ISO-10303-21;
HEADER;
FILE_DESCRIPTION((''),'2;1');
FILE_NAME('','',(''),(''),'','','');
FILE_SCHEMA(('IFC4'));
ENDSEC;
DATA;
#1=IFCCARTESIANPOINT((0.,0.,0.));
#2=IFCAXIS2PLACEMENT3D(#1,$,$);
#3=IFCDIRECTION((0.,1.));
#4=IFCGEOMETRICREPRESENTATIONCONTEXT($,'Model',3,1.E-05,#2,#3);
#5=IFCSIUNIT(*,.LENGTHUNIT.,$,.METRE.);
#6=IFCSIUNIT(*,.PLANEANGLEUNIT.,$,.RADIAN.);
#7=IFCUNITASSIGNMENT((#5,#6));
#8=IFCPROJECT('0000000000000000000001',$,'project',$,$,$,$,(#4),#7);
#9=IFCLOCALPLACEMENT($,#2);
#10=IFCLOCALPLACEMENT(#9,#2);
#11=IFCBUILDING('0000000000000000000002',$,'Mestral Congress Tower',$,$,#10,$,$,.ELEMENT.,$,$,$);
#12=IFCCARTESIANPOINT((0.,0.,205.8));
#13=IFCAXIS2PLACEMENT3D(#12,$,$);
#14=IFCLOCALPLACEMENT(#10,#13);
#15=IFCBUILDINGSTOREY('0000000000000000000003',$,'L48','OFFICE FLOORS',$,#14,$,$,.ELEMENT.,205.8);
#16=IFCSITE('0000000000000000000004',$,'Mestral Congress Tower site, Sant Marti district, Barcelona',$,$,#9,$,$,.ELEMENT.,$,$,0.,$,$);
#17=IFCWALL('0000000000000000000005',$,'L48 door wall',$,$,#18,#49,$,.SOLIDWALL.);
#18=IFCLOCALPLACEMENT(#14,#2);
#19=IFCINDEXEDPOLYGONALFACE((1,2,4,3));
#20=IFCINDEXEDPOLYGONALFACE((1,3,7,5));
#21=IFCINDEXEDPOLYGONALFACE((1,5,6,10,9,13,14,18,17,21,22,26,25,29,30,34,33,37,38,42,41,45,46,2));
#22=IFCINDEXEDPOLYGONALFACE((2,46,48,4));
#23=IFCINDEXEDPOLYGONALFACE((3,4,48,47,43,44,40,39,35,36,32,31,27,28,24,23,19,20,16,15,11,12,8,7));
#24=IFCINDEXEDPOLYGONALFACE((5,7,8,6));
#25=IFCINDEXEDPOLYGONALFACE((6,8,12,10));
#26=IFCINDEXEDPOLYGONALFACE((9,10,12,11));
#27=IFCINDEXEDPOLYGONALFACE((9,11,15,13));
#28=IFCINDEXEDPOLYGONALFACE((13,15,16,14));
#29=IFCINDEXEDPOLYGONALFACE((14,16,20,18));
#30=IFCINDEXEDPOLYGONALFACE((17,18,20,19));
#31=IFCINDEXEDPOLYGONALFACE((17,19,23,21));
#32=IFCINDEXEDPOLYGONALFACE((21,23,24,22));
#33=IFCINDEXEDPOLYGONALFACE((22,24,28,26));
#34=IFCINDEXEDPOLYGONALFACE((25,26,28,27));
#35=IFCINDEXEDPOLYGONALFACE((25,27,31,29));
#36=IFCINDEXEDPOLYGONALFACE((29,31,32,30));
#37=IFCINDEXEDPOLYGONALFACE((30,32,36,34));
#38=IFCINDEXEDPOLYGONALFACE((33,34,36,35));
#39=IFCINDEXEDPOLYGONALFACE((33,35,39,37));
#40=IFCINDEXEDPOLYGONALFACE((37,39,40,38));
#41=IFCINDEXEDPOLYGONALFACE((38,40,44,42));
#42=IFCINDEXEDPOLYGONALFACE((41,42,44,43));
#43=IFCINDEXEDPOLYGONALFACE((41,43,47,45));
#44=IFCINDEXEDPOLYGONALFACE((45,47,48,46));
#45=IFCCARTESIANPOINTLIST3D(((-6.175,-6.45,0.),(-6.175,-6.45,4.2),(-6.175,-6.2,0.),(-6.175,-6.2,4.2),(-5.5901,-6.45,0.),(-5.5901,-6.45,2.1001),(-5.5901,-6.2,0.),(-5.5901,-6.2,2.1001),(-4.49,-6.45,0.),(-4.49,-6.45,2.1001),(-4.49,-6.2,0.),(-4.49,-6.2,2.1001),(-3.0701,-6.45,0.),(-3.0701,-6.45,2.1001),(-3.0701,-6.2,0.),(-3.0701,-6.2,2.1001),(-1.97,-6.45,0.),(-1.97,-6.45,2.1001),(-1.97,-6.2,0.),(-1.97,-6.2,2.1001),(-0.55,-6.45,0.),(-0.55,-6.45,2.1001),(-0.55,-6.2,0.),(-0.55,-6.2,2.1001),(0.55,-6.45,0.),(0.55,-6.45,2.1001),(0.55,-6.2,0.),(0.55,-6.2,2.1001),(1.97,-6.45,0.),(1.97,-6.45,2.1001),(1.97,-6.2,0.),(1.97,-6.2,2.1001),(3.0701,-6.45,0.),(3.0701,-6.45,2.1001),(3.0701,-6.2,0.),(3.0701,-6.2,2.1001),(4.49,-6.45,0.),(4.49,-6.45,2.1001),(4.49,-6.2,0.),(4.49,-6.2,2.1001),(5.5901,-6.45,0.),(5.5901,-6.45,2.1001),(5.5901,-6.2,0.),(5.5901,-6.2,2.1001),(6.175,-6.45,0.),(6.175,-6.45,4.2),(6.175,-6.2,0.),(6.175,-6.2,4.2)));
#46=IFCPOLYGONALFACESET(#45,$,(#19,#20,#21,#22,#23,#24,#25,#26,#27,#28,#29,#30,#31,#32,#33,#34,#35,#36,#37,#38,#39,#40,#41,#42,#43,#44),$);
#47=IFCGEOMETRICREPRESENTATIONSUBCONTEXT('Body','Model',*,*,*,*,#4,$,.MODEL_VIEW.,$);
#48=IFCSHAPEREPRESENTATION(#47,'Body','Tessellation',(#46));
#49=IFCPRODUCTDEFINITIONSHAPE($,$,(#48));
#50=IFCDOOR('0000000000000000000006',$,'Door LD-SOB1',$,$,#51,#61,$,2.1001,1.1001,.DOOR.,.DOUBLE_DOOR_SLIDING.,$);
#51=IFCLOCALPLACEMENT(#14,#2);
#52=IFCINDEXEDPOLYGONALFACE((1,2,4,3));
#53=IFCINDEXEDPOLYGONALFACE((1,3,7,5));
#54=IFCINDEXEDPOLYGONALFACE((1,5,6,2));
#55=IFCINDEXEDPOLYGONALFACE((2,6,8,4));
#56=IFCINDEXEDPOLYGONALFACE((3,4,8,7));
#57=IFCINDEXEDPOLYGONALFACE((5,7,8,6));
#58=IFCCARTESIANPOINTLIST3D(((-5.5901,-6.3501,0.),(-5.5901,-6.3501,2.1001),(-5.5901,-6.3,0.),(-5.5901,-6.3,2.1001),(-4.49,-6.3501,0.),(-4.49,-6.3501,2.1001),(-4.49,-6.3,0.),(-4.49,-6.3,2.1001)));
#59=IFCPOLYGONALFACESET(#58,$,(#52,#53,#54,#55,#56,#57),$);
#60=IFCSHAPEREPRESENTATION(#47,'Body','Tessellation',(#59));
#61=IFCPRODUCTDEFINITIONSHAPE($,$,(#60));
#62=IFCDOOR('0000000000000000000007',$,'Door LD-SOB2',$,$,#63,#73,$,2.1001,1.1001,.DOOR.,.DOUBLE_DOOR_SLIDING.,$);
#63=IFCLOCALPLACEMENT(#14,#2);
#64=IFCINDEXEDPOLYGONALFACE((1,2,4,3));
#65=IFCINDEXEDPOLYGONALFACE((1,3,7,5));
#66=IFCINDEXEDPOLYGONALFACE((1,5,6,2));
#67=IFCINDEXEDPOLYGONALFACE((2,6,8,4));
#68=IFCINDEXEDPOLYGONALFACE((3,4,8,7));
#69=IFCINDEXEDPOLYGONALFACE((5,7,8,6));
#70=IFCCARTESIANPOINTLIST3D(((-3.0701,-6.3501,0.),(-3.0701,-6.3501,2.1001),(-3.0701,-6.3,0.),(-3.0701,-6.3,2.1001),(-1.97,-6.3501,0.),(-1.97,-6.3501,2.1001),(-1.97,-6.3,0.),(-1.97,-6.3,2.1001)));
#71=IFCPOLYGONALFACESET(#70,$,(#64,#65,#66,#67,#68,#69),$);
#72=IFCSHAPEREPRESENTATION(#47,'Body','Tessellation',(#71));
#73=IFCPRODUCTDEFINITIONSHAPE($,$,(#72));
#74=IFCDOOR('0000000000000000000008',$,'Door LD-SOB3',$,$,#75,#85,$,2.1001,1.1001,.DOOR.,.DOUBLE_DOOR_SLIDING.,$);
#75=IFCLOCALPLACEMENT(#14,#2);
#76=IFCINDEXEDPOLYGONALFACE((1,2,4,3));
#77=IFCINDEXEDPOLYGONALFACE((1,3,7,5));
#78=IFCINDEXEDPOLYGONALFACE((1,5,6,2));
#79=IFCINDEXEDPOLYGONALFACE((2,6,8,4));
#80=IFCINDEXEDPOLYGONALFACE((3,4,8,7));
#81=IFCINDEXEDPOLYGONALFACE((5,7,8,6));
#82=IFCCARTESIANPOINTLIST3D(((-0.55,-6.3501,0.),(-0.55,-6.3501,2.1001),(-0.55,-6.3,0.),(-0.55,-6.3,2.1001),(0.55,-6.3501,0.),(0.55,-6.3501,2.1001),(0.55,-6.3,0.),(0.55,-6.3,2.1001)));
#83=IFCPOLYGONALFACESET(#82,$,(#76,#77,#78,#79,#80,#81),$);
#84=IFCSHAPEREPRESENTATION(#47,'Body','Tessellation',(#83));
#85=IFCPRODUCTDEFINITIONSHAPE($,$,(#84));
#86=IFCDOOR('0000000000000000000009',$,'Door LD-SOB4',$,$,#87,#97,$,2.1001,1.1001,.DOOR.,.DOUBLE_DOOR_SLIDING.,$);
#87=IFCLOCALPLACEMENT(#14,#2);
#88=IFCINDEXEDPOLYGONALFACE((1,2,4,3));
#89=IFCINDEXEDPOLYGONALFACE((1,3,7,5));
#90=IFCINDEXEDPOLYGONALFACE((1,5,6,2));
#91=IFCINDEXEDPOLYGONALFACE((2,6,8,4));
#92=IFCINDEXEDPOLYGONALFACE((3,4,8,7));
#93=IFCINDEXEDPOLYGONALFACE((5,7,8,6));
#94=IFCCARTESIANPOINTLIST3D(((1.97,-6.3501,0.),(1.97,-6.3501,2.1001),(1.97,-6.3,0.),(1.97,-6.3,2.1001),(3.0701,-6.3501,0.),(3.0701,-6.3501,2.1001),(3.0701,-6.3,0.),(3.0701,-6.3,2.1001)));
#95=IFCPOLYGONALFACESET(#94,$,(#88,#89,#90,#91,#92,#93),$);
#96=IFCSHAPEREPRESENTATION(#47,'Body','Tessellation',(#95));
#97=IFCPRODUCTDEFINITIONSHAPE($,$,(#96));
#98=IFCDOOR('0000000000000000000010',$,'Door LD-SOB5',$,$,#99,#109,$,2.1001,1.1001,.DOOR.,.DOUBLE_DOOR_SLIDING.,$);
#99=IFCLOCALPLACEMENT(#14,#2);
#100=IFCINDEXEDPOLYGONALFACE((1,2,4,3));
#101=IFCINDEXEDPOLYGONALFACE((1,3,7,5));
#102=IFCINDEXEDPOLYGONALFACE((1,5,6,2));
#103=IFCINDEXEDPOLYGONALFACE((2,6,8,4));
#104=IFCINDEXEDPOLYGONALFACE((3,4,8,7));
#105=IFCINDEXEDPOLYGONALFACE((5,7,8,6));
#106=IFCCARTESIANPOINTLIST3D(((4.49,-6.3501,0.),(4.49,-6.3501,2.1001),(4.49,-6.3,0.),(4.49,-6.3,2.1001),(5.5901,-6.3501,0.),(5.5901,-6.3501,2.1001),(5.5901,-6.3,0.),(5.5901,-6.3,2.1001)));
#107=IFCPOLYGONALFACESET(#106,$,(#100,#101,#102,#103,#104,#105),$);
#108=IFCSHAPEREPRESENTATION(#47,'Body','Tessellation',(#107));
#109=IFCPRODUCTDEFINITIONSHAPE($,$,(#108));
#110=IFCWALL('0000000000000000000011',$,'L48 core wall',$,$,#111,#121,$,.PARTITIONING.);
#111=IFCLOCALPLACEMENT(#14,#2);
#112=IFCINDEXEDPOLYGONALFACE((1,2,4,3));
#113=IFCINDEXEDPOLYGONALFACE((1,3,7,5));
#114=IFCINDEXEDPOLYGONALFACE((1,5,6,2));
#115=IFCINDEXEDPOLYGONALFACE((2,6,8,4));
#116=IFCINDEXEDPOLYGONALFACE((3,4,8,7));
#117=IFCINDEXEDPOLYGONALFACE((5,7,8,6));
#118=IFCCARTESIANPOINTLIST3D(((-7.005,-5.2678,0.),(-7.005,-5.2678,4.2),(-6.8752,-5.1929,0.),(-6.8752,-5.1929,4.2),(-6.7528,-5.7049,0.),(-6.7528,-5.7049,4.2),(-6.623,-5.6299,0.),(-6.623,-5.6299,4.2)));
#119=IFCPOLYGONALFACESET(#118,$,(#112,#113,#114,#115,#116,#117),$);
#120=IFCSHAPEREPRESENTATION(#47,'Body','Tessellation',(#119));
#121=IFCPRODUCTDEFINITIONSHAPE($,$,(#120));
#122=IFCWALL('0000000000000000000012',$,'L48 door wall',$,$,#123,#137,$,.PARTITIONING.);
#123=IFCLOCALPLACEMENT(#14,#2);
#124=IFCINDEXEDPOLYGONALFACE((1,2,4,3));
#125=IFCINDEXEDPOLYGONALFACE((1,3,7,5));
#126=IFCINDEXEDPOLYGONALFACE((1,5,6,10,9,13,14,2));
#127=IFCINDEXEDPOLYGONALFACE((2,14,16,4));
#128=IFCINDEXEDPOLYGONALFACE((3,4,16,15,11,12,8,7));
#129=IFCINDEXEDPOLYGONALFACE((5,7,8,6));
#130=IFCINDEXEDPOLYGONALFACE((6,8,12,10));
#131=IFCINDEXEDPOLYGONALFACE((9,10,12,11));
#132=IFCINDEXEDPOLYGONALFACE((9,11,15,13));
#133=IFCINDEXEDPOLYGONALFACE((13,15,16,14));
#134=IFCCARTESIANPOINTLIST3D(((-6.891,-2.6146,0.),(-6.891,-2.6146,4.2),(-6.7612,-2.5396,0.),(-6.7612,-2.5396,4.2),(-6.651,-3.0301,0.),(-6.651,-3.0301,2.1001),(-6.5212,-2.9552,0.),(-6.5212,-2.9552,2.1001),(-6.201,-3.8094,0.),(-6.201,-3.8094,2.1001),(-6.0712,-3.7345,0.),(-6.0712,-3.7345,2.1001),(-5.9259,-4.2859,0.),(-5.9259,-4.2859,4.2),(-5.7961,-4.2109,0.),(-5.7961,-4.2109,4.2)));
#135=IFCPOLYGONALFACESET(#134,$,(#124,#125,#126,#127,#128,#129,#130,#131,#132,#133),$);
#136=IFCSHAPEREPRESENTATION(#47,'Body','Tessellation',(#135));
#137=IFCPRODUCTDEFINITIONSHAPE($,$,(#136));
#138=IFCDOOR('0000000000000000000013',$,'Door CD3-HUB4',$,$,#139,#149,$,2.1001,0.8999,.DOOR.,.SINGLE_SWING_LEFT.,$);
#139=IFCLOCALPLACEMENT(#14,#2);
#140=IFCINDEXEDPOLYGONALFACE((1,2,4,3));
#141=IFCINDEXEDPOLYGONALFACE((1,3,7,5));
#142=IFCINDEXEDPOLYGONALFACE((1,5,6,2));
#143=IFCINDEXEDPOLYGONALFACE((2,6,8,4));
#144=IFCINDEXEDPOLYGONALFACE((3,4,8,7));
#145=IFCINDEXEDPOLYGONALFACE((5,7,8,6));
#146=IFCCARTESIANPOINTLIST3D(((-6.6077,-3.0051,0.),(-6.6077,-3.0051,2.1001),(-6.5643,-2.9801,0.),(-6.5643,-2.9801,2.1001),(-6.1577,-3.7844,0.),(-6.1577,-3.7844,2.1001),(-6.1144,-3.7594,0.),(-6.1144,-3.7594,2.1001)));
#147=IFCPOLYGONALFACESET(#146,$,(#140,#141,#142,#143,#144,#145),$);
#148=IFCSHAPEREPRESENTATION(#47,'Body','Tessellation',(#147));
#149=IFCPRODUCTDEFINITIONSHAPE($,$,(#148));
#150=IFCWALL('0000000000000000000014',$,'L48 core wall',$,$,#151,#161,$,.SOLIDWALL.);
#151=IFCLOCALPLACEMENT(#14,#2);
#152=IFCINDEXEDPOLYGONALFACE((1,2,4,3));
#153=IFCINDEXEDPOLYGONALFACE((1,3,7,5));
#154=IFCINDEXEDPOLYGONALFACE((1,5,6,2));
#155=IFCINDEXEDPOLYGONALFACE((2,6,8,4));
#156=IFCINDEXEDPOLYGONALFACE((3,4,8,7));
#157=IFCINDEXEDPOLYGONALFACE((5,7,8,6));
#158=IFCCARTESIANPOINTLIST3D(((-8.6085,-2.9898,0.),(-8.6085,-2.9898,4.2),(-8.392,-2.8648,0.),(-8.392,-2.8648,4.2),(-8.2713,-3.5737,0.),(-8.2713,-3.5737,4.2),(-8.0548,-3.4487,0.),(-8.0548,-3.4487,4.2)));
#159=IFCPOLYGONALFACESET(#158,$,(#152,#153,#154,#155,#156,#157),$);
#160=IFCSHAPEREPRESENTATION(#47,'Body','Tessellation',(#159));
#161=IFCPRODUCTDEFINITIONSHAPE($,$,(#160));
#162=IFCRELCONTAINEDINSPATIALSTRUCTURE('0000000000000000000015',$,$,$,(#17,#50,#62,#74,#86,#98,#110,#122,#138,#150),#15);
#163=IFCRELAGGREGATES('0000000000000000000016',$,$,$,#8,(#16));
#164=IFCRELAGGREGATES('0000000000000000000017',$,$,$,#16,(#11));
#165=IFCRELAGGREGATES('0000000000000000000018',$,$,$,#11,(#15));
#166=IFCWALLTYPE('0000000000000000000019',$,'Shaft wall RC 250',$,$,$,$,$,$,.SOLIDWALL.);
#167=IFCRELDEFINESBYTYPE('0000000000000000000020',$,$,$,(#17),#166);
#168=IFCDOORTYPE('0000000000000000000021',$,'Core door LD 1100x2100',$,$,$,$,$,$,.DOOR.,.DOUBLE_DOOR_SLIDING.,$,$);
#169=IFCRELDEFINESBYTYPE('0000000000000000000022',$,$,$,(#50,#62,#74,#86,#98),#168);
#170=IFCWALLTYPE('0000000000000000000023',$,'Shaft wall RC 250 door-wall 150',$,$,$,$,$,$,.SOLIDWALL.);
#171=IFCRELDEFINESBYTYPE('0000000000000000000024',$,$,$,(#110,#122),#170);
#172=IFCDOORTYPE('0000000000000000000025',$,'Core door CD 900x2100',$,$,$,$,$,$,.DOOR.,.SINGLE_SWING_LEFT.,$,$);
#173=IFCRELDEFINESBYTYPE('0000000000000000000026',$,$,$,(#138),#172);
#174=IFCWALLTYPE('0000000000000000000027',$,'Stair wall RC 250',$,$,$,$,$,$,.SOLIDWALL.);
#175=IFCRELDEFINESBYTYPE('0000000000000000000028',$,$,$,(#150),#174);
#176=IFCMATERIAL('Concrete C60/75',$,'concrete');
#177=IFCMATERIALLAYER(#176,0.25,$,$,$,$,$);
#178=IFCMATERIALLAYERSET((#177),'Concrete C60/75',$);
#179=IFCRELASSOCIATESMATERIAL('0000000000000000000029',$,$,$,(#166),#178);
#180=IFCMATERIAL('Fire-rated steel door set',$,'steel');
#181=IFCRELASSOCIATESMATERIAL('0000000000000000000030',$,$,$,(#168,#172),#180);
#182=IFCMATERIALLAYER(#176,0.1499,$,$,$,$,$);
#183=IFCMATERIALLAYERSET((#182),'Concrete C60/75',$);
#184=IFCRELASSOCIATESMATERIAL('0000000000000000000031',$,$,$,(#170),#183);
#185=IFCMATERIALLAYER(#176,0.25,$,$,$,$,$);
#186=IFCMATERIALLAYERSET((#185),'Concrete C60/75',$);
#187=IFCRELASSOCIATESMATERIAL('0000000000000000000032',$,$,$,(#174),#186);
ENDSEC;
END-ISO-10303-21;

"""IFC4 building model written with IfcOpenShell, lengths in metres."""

from ifc_helpers import new_model, si_unit, direction, frame, frame_2d, origin, place, context, subcontext, project, spatial, rectangle, extrude, material, layer, layer_set, type_object, element, fill, save


model = new_model("IFC4")

# Units and contexts
model_context = context("Model", 3, precision=1e-05, world=origin(), true_north=direction((0.0, 1.0)))
body_context = subcontext(model_context, "Body", "Model", "MODEL_VIEW")
ifc_project = project(units=[si_unit("LENGTHUNIT", "METRE"), si_unit("PLANEANGLEUNIT", "RADIAN")], contexts=[model_context])

# Site, building, storey
site_placement = place(None, origin())
site = spatial("IfcSite", under=ifc_project, at=site_placement, Name="Mestral Congress Tower site, Sant Marti district, Barcelona", CompositionType="ELEMENT", RefElevation=0.0)
building_placement = place(site_placement, origin())
building = spatial("IfcBuilding", under=site, at=building_placement, Name="Mestral Congress Tower", CompositionType="ELEMENT")
storey_placement = place(building_placement, frame((0.0, 0.0, 205.8)))
storey = spatial("IfcBuildingStorey", under=building, at=storey_placement, Name="L48", Description="OFFICE FLOORS", CompositionType="ELEMENT", Elevation=205.8)

# Shared definitions
ifc_material_1 = material(Name="Fire-rated steel door set", Category="steel")

# Shared definitions
ifc_material_2 = material(Name="Concrete C60/75", Category="concrete")
ifc_layer_1 = layer(ifc_material_2, 0.25)
ifc_layer_set_1 = layer_set([ifc_layer_1], Name="Concrete C60/75")
wall_type_1 = type_object("IfcWallType", Name="Shaft wall RC 250", PredefinedType="SOLIDWALL", material=ifc_layer_set_1)

# Wall, openings, doors
wall_1_placement = place(storey_placement, frame((-6.175, -6.325, 0.0), z_axis=(0.0, 0.0, 1.0), x_axis=(1.0, 0.0, 0.0)))
wall_1 = element("IfcWall", 1, at=wall_1_placement, inside=storey, type_object=wall_type_1, Name="L48 door wall", PredefinedType="SOLIDWALL", context=body_context, shape_type="SweptSolid", body=[
    extrude(rectangle(XDim=12.3501, YDim=0.25, at=frame_2d((6.175, 0.0))), origin(), (0.0, 0.0, 1.0), 4.2),
])
opening_1_placement = place(wall_1_placement, frame((0.585, 0.0, 0.0)))
opening_1 = element("IfcOpeningElement", 2, at=opening_1_placement, cuts=wall_1, PredefinedType="OPENING", context=body_context, shape_type="SweptSolid", body=[
    extrude(rectangle(XDim=1.1001, YDim=2.1001, at=frame_2d((0.55, 1.05))), frame((0.0, 0.135, 0.0), z_axis=(0.0, -1.0, 0.0), x_axis=(1.0, 0.0, 0.0)), (0.0, 0.0, 1.0), 0.27),
])
opening_2_placement = place(wall_1_placement, frame((3.105, 0.0, 0.0)))
opening_2 = element("IfcOpeningElement", 3, at=opening_2_placement, cuts=wall_1, PredefinedType="OPENING", context=body_context, shape_type="SweptSolid", body=[
    extrude(rectangle(XDim=1.1001, YDim=2.1001, at=frame_2d((0.55, 1.05))), frame((0.0, 0.135, 0.0), z_axis=(0.0, -1.0, 0.0), x_axis=(1.0, 0.0, 0.0)), (0.0, 0.0, 1.0), 0.27),
])
opening_3_placement = place(wall_1_placement, frame((5.625, 0.0, 0.0)))
opening_3 = element("IfcOpeningElement", 4, at=opening_3_placement, cuts=wall_1, PredefinedType="OPENING", context=body_context, shape_type="SweptSolid", body=[
    extrude(rectangle(XDim=1.1001, YDim=2.1001, at=frame_2d((0.55, 1.05))), frame((0.0, 0.135, 0.0), z_axis=(0.0, -1.0, 0.0), x_axis=(1.0, 0.0, 0.0)), (0.0, 0.0, 1.0), 0.27),
])
opening_4_placement = place(wall_1_placement, frame((8.145, 0.0, 0.0)))
opening_4 = element("IfcOpeningElement", 5, at=opening_4_placement, cuts=wall_1, PredefinedType="OPENING", context=body_context, shape_type="SweptSolid", body=[
    extrude(rectangle(XDim=1.1001, YDim=2.1001, at=frame_2d((0.55, 1.05))), frame((0.0, 0.135, 0.0), z_axis=(0.0, -1.0, 0.0), x_axis=(1.0, 0.0, 0.0)), (0.0, 0.0, 1.0), 0.27),
])
opening_5_placement = place(wall_1_placement, frame((10.665, 0.0, 0.0)))
opening_5 = element("IfcOpeningElement", 6, at=opening_5_placement, cuts=wall_1, PredefinedType="OPENING", context=body_context, shape_type="SweptSolid", body=[
    extrude(rectangle(XDim=1.1001, YDim=2.1001, at=frame_2d((0.55, 1.05))), frame((0.0, 0.135, 0.0), z_axis=(0.0, -1.0, 0.0), x_axis=(1.0, 0.0, 0.0)), (0.0, 0.0, 1.0), 0.27),
])
door_type_1 = type_object("IfcDoorType", Name="Core door LD 1100x2100", OperationType="DOUBLE_DOOR_SLIDING", PredefinedType="DOOR", material=ifc_material_1)
door_1_placement = place(opening_1_placement, origin())
door_1 = element("IfcDoor", 7, at=door_1_placement, inside=storey, type_object=door_type_1, Name="Door LD-SOB1", OperationType="DOUBLE_DOOR_SLIDING", OverallHeight=2.1001, OverallWidth=1.1001, PredefinedType="DOOR", context=body_context, shape_type="SweptSolid", body=[
    extrude(rectangle(XDim=1.1001, YDim=2.1001, at=frame_2d((0.55, 1.05))), frame((0.0, 0.0249, 0.0), z_axis=(0.0, -1.0, 0.0), x_axis=(1.0, 0.0, 0.0)), (0.0, 0.0, 1.0), 0.05),
])
fill(opening_1, door_1)
door_2_placement = place(opening_2_placement, origin())
door_2 = element("IfcDoor", 8, at=door_2_placement, inside=storey, type_object=door_type_1, Name="Door LD-SOB2", OperationType="DOUBLE_DOOR_SLIDING", OverallHeight=2.1001, OverallWidth=1.1001, PredefinedType="DOOR", context=body_context, shape_type="SweptSolid", body=[
    extrude(rectangle(XDim=1.1001, YDim=2.1001, at=frame_2d((0.55, 1.05))), frame((0.0, 0.0249, 0.0), z_axis=(0.0, -1.0, 0.0), x_axis=(1.0, 0.0, 0.0)), (0.0, 0.0, 1.0), 0.05),
])
fill(opening_2, door_2)
door_3_placement = place(opening_3_placement, origin())
door_3 = element("IfcDoor", 9, at=door_3_placement, inside=storey, type_object=door_type_1, Name="Door LD-SOB3", OperationType="DOUBLE_DOOR_SLIDING", OverallHeight=2.1001, OverallWidth=1.1001, PredefinedType="DOOR", context=body_context, shape_type="SweptSolid", body=[
    extrude(rectangle(XDim=1.1001, YDim=2.1001, at=frame_2d((0.55, 1.05))), frame((0.0, 0.0249, 0.0), z_axis=(0.0, -1.0, 0.0), x_axis=(1.0, 0.0, 0.0)), (0.0, 0.0, 1.0), 0.05),
])
fill(opening_3, door_3)
door_4_placement = place(opening_4_placement, origin())
door_4 = element("IfcDoor", 10, at=door_4_placement, inside=storey, type_object=door_type_1, Name="Door LD-SOB4", OperationType="DOUBLE_DOOR_SLIDING", OverallHeight=2.1001, OverallWidth=1.1001, PredefinedType="DOOR", context=body_context, shape_type="SweptSolid", body=[
    extrude(rectangle(XDim=1.1001, YDim=2.1001, at=frame_2d((0.55, 1.05))), frame((0.0, 0.0249, 0.0), z_axis=(0.0, -1.0, 0.0), x_axis=(1.0, 0.0, 0.0)), (0.0, 0.0, 1.0), 0.05),
])
fill(opening_4, door_4)
door_5_placement = place(opening_5_placement, origin())
door_5 = element("IfcDoor", 11, at=door_5_placement, inside=storey, type_object=door_type_1, Name="Door LD-SOB5", OperationType="DOUBLE_DOOR_SLIDING", OverallHeight=2.1001, OverallWidth=1.1001, PredefinedType="DOOR", context=body_context, shape_type="SweptSolid", body=[
    extrude(rectangle(XDim=1.1001, YDim=2.1001, at=frame_2d((0.55, 1.05))), frame((0.0, 0.0249, 0.0), z_axis=(0.0, -1.0, 0.0), x_axis=(1.0, 0.0, 0.0)), (0.0, 0.0, 1.0), 0.05),
])
fill(opening_5, door_5)

# Wall
ifc_layer_2 = layer(ifc_material_2, 0.1499)
ifc_layer_set_2 = layer_set([ifc_layer_2], Name="Concrete C60/75")
wall_type_2 = type_object("IfcWallType", Name="Shaft wall RC 250 door-wall 150", PredefinedType="SOLIDWALL", material=ifc_layer_set_2)
wall_2_placement = place(storey_placement, frame((-6.9402, -5.2302, 0.0), z_axis=(0.0, 0.0, 1.0), x_axis=(0.499834, -0.866121, 0.0)))
element("IfcWall", 12, at=wall_2_placement, inside=storey, type_object=wall_type_2, Name="L48 core wall", PredefinedType="PARTITIONING", context=body_context, shape_type="SweptSolid", body=[
    extrude(rectangle(XDim=0.5046, YDim=0.1499, at=frame_2d((0.2524, 0.0))), origin(), (0.0, 0.0, 1.0), 4.2),
])

# Wall, opening, door
wall_3_placement = place(storey_placement, frame((-5.8611, -4.2483, 0.0), z_axis=(0.0, 0.0, 1.0), x_axis=(-0.500044, 0.866, 0.0)))
wall_3 = element("IfcWall", 13, at=wall_3_placement, inside=storey, type_object=wall_type_2, Name="L48 door wall", PredefinedType="PARTITIONING", context=body_context, shape_type="SweptSolid", body=[
    extrude(rectangle(XDim=1.9299, YDim=0.1499, at=frame_2d((0.9648, 0.0))), origin(), (0.0, 0.0, 1.0), 4.2),
])
opening_6_placement = place(wall_3_placement, frame((0.55, 0.0, 0.0)))
opening_6 = element("IfcOpeningElement", 14, at=opening_6_placement, cuts=wall_3, PredefinedType="OPENING", context=body_context, shape_type="SweptSolid", body=[
    extrude(rectangle(XDim=0.8999, YDim=2.1001, at=frame_2d((0.45, 1.05))), frame((0.0, 0.085, 0.0), z_axis=(0.0, -1.0, 0.0), x_axis=(1.0, 0.0, 0.0)), (0.0, 0.0, 1.0), 0.1699),
])
door_type_2 = type_object("IfcDoorType", Name="Core door CD 900x2100", OperationType="SINGLE_SWING_LEFT", PredefinedType="DOOR", material=ifc_material_1)
door_6_placement = place(opening_6_placement, origin())
door_6 = element("IfcDoor", 15, at=door_6_placement, inside=storey, type_object=door_type_2, Name="Door CD3-HUB4", OperationType="SINGLE_SWING_LEFT", OverallHeight=2.1001, OverallWidth=0.8999, PredefinedType="DOOR", context=body_context, shape_type="SweptSolid", body=[
    extrude(rectangle(XDim=0.8999, YDim=2.1001, at=frame_2d((0.45, 1.05))), frame((0.0, 0.0249, 0.0), z_axis=(0.0, -1.0, 0.0), x_axis=(1.0, 0.0, 0.0)), (0.0, 0.0, 1.0), 0.05),
])
fill(opening_6, door_6)

# Wall
ifc_layer_3 = layer(ifc_material_2, 0.25)
ifc_layer_set_3 = layer_set([ifc_layer_3], Name="Concrete C60/75")
wall_type_3 = type_object("IfcWallType", Name="Stair wall RC 250", PredefinedType="SOLIDWALL", material=ifc_layer_set_3)
wall_4_placement = place(storey_placement, frame((-8.1631, -3.5112, 0.0), z_axis=(0.0, 0.0, 1.0), x_axis=(-0.499994, 0.866029, 0.0)))
element("IfcWall", 16, at=wall_4_placement, inside=storey, type_object=wall_type_3, Name="L48 core wall", PredefinedType="SOLIDWALL", context=body_context, shape_type="SweptSolid", body=[
    extrude(rectangle(XDim=0.6743, YDim=0.25, at=frame_2d((0.3372, 0.0))), origin(), (0.0, 0.0, 1.0), 4.2),
])

save(model, "model.ifc")
